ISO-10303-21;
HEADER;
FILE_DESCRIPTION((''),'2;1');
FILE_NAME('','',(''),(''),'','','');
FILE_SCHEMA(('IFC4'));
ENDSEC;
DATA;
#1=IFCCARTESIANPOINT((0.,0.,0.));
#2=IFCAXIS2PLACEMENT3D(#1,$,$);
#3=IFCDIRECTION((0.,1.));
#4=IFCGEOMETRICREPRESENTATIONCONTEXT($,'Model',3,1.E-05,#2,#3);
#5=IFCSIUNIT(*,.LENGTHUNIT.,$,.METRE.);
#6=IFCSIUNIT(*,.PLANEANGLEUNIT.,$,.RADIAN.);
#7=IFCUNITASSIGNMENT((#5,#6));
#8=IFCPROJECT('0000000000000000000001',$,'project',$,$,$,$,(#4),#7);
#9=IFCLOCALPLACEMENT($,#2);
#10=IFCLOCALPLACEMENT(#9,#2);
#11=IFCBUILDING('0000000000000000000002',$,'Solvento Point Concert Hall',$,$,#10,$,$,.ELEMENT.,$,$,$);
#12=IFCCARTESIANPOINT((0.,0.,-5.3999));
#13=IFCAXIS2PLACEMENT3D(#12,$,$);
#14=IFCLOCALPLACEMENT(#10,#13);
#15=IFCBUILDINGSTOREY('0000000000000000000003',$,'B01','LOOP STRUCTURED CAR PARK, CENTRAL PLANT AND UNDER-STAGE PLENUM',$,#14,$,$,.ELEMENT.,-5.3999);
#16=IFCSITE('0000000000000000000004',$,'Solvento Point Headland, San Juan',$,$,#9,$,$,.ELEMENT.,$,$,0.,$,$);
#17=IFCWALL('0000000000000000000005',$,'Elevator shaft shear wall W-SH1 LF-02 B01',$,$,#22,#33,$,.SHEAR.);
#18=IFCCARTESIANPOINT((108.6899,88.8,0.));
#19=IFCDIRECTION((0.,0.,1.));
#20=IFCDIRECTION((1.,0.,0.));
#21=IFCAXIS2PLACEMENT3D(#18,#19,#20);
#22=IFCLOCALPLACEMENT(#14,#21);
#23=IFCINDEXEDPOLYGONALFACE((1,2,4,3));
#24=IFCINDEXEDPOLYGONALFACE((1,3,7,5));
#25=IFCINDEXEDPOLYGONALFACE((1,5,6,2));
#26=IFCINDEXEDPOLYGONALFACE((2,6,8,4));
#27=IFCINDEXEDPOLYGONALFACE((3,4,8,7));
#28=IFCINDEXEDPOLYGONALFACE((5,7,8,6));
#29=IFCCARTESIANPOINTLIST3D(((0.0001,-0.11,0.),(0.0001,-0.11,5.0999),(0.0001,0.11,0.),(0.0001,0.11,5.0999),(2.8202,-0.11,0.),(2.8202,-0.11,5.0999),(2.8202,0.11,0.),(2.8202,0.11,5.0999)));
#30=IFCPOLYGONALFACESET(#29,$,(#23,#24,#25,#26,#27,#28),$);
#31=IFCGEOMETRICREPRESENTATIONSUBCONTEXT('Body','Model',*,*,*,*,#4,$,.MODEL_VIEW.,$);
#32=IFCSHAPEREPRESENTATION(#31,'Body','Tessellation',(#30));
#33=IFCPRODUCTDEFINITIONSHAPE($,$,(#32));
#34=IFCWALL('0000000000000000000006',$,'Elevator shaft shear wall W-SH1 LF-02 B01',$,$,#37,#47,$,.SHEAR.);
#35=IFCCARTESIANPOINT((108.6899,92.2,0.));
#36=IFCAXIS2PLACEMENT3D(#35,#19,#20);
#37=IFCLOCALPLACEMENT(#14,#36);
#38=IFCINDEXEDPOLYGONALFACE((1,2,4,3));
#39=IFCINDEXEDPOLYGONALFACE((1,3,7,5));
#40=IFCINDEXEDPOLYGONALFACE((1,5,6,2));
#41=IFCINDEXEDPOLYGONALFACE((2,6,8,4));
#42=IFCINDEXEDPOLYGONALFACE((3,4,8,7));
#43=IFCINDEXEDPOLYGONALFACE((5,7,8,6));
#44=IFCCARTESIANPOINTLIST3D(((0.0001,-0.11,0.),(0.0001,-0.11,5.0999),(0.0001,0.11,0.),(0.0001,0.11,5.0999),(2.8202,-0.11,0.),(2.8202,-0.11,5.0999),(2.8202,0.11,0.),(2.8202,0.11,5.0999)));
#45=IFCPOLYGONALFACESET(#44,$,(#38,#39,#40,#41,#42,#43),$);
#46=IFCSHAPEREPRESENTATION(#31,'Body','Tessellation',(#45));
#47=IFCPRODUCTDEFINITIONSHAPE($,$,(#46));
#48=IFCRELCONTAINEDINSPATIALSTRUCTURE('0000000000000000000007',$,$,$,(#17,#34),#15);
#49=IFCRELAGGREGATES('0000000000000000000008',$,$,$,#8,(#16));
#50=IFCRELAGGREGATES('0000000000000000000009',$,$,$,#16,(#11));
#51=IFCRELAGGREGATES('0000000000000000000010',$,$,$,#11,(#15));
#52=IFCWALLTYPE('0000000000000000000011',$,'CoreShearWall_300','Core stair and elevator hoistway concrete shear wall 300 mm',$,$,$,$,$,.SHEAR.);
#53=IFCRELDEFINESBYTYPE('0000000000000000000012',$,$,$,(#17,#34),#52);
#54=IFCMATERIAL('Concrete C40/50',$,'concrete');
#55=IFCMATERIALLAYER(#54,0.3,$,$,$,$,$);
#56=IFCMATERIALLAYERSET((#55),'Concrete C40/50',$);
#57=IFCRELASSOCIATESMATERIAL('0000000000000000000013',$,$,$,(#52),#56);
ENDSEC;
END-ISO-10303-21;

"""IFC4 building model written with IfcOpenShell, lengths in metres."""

from ifc_helpers import new_model, si_unit, direction, frame, frame_2d, origin, place, context, subcontext, project, spatial, rectangle, extrude, material, layer, layer_set, type_object, element, save


model = new_model("IFC4")

# Units and contexts
model_context = context("Model", 3, precision=1e-05, world=origin(), true_north=direction((0.0, 1.0)))
body_context = subcontext(model_context, "Body", "Model", "MODEL_VIEW")
ifc_project = project(units=[si_unit("LENGTHUNIT", "METRE"), si_unit("PLANEANGLEUNIT", "RADIAN")], contexts=[model_context])

# Site, building, storey
site_placement = place(None, origin())
site = spatial("IfcSite", under=ifc_project, at=site_placement, Name="Solvento Point Headland, San Juan", CompositionType="ELEMENT", RefElevation=0.0)
building_placement = place(site_placement, origin())
building = spatial("IfcBuilding", under=site, at=building_placement, Name="Solvento Point Concert Hall", CompositionType="ELEMENT")
storey_placement = place(building_placement, frame((0.0, 0.0, -5.3999)))
storey = spatial("IfcBuildingStorey", under=building, at=storey_placement, Name="B01", Description="LOOP STRUCTURED CAR PARK, CENTRAL PLANT AND UNDER-STAGE PLENUM", CompositionType="ELEMENT", Elevation=-5.3999)

# Shared definitions
ifc_material_1 = material(Name="Concrete C40/50", Category="concrete")
ifc_layer_1 = layer(ifc_material_1, 0.3)
ifc_layer_set_1 = layer_set([ifc_layer_1], Name="Concrete C40/50")
wall_type_1 = type_object("IfcWallType", Name="CoreShearWall_300", Description="Core stair and elevator hoistway concrete shear wall 300 mm", PredefinedType="SHEAR", material=ifc_layer_set_1)

# Walls
for number, where, z_axis, x_axis, name in (
    (1, (108.6899, 88.8, 0.0), (0.0, 0.0, 1.0), (1.0, 0.0, 0.0), "Elevator shaft shear wall W-SH1 LF-02 B01"),
    (2, (108.6899, 92.2, 0.0), (0.0, 0.0, 1.0), (1.0, 0.0, 0.0), "Elevator shaft shear wall W-SH1 LF-02 B01"),
):
    element("IfcWall", number, at=place(storey_placement, frame(where, z_axis=z_axis, x_axis=x_axis)), inside=storey, type_object=wall_type_1, Name=name, PredefinedType="SHEAR", context=body_context, shape_type="SweptSolid", body=[
        extrude(rectangle(XDim=2.8201, YDim=0.22, at=frame_2d((1.4102, 0.0))), origin(), (0.0, 0.0, 1.0), 5.0999),
    ])

save(model, "model.ifc")
